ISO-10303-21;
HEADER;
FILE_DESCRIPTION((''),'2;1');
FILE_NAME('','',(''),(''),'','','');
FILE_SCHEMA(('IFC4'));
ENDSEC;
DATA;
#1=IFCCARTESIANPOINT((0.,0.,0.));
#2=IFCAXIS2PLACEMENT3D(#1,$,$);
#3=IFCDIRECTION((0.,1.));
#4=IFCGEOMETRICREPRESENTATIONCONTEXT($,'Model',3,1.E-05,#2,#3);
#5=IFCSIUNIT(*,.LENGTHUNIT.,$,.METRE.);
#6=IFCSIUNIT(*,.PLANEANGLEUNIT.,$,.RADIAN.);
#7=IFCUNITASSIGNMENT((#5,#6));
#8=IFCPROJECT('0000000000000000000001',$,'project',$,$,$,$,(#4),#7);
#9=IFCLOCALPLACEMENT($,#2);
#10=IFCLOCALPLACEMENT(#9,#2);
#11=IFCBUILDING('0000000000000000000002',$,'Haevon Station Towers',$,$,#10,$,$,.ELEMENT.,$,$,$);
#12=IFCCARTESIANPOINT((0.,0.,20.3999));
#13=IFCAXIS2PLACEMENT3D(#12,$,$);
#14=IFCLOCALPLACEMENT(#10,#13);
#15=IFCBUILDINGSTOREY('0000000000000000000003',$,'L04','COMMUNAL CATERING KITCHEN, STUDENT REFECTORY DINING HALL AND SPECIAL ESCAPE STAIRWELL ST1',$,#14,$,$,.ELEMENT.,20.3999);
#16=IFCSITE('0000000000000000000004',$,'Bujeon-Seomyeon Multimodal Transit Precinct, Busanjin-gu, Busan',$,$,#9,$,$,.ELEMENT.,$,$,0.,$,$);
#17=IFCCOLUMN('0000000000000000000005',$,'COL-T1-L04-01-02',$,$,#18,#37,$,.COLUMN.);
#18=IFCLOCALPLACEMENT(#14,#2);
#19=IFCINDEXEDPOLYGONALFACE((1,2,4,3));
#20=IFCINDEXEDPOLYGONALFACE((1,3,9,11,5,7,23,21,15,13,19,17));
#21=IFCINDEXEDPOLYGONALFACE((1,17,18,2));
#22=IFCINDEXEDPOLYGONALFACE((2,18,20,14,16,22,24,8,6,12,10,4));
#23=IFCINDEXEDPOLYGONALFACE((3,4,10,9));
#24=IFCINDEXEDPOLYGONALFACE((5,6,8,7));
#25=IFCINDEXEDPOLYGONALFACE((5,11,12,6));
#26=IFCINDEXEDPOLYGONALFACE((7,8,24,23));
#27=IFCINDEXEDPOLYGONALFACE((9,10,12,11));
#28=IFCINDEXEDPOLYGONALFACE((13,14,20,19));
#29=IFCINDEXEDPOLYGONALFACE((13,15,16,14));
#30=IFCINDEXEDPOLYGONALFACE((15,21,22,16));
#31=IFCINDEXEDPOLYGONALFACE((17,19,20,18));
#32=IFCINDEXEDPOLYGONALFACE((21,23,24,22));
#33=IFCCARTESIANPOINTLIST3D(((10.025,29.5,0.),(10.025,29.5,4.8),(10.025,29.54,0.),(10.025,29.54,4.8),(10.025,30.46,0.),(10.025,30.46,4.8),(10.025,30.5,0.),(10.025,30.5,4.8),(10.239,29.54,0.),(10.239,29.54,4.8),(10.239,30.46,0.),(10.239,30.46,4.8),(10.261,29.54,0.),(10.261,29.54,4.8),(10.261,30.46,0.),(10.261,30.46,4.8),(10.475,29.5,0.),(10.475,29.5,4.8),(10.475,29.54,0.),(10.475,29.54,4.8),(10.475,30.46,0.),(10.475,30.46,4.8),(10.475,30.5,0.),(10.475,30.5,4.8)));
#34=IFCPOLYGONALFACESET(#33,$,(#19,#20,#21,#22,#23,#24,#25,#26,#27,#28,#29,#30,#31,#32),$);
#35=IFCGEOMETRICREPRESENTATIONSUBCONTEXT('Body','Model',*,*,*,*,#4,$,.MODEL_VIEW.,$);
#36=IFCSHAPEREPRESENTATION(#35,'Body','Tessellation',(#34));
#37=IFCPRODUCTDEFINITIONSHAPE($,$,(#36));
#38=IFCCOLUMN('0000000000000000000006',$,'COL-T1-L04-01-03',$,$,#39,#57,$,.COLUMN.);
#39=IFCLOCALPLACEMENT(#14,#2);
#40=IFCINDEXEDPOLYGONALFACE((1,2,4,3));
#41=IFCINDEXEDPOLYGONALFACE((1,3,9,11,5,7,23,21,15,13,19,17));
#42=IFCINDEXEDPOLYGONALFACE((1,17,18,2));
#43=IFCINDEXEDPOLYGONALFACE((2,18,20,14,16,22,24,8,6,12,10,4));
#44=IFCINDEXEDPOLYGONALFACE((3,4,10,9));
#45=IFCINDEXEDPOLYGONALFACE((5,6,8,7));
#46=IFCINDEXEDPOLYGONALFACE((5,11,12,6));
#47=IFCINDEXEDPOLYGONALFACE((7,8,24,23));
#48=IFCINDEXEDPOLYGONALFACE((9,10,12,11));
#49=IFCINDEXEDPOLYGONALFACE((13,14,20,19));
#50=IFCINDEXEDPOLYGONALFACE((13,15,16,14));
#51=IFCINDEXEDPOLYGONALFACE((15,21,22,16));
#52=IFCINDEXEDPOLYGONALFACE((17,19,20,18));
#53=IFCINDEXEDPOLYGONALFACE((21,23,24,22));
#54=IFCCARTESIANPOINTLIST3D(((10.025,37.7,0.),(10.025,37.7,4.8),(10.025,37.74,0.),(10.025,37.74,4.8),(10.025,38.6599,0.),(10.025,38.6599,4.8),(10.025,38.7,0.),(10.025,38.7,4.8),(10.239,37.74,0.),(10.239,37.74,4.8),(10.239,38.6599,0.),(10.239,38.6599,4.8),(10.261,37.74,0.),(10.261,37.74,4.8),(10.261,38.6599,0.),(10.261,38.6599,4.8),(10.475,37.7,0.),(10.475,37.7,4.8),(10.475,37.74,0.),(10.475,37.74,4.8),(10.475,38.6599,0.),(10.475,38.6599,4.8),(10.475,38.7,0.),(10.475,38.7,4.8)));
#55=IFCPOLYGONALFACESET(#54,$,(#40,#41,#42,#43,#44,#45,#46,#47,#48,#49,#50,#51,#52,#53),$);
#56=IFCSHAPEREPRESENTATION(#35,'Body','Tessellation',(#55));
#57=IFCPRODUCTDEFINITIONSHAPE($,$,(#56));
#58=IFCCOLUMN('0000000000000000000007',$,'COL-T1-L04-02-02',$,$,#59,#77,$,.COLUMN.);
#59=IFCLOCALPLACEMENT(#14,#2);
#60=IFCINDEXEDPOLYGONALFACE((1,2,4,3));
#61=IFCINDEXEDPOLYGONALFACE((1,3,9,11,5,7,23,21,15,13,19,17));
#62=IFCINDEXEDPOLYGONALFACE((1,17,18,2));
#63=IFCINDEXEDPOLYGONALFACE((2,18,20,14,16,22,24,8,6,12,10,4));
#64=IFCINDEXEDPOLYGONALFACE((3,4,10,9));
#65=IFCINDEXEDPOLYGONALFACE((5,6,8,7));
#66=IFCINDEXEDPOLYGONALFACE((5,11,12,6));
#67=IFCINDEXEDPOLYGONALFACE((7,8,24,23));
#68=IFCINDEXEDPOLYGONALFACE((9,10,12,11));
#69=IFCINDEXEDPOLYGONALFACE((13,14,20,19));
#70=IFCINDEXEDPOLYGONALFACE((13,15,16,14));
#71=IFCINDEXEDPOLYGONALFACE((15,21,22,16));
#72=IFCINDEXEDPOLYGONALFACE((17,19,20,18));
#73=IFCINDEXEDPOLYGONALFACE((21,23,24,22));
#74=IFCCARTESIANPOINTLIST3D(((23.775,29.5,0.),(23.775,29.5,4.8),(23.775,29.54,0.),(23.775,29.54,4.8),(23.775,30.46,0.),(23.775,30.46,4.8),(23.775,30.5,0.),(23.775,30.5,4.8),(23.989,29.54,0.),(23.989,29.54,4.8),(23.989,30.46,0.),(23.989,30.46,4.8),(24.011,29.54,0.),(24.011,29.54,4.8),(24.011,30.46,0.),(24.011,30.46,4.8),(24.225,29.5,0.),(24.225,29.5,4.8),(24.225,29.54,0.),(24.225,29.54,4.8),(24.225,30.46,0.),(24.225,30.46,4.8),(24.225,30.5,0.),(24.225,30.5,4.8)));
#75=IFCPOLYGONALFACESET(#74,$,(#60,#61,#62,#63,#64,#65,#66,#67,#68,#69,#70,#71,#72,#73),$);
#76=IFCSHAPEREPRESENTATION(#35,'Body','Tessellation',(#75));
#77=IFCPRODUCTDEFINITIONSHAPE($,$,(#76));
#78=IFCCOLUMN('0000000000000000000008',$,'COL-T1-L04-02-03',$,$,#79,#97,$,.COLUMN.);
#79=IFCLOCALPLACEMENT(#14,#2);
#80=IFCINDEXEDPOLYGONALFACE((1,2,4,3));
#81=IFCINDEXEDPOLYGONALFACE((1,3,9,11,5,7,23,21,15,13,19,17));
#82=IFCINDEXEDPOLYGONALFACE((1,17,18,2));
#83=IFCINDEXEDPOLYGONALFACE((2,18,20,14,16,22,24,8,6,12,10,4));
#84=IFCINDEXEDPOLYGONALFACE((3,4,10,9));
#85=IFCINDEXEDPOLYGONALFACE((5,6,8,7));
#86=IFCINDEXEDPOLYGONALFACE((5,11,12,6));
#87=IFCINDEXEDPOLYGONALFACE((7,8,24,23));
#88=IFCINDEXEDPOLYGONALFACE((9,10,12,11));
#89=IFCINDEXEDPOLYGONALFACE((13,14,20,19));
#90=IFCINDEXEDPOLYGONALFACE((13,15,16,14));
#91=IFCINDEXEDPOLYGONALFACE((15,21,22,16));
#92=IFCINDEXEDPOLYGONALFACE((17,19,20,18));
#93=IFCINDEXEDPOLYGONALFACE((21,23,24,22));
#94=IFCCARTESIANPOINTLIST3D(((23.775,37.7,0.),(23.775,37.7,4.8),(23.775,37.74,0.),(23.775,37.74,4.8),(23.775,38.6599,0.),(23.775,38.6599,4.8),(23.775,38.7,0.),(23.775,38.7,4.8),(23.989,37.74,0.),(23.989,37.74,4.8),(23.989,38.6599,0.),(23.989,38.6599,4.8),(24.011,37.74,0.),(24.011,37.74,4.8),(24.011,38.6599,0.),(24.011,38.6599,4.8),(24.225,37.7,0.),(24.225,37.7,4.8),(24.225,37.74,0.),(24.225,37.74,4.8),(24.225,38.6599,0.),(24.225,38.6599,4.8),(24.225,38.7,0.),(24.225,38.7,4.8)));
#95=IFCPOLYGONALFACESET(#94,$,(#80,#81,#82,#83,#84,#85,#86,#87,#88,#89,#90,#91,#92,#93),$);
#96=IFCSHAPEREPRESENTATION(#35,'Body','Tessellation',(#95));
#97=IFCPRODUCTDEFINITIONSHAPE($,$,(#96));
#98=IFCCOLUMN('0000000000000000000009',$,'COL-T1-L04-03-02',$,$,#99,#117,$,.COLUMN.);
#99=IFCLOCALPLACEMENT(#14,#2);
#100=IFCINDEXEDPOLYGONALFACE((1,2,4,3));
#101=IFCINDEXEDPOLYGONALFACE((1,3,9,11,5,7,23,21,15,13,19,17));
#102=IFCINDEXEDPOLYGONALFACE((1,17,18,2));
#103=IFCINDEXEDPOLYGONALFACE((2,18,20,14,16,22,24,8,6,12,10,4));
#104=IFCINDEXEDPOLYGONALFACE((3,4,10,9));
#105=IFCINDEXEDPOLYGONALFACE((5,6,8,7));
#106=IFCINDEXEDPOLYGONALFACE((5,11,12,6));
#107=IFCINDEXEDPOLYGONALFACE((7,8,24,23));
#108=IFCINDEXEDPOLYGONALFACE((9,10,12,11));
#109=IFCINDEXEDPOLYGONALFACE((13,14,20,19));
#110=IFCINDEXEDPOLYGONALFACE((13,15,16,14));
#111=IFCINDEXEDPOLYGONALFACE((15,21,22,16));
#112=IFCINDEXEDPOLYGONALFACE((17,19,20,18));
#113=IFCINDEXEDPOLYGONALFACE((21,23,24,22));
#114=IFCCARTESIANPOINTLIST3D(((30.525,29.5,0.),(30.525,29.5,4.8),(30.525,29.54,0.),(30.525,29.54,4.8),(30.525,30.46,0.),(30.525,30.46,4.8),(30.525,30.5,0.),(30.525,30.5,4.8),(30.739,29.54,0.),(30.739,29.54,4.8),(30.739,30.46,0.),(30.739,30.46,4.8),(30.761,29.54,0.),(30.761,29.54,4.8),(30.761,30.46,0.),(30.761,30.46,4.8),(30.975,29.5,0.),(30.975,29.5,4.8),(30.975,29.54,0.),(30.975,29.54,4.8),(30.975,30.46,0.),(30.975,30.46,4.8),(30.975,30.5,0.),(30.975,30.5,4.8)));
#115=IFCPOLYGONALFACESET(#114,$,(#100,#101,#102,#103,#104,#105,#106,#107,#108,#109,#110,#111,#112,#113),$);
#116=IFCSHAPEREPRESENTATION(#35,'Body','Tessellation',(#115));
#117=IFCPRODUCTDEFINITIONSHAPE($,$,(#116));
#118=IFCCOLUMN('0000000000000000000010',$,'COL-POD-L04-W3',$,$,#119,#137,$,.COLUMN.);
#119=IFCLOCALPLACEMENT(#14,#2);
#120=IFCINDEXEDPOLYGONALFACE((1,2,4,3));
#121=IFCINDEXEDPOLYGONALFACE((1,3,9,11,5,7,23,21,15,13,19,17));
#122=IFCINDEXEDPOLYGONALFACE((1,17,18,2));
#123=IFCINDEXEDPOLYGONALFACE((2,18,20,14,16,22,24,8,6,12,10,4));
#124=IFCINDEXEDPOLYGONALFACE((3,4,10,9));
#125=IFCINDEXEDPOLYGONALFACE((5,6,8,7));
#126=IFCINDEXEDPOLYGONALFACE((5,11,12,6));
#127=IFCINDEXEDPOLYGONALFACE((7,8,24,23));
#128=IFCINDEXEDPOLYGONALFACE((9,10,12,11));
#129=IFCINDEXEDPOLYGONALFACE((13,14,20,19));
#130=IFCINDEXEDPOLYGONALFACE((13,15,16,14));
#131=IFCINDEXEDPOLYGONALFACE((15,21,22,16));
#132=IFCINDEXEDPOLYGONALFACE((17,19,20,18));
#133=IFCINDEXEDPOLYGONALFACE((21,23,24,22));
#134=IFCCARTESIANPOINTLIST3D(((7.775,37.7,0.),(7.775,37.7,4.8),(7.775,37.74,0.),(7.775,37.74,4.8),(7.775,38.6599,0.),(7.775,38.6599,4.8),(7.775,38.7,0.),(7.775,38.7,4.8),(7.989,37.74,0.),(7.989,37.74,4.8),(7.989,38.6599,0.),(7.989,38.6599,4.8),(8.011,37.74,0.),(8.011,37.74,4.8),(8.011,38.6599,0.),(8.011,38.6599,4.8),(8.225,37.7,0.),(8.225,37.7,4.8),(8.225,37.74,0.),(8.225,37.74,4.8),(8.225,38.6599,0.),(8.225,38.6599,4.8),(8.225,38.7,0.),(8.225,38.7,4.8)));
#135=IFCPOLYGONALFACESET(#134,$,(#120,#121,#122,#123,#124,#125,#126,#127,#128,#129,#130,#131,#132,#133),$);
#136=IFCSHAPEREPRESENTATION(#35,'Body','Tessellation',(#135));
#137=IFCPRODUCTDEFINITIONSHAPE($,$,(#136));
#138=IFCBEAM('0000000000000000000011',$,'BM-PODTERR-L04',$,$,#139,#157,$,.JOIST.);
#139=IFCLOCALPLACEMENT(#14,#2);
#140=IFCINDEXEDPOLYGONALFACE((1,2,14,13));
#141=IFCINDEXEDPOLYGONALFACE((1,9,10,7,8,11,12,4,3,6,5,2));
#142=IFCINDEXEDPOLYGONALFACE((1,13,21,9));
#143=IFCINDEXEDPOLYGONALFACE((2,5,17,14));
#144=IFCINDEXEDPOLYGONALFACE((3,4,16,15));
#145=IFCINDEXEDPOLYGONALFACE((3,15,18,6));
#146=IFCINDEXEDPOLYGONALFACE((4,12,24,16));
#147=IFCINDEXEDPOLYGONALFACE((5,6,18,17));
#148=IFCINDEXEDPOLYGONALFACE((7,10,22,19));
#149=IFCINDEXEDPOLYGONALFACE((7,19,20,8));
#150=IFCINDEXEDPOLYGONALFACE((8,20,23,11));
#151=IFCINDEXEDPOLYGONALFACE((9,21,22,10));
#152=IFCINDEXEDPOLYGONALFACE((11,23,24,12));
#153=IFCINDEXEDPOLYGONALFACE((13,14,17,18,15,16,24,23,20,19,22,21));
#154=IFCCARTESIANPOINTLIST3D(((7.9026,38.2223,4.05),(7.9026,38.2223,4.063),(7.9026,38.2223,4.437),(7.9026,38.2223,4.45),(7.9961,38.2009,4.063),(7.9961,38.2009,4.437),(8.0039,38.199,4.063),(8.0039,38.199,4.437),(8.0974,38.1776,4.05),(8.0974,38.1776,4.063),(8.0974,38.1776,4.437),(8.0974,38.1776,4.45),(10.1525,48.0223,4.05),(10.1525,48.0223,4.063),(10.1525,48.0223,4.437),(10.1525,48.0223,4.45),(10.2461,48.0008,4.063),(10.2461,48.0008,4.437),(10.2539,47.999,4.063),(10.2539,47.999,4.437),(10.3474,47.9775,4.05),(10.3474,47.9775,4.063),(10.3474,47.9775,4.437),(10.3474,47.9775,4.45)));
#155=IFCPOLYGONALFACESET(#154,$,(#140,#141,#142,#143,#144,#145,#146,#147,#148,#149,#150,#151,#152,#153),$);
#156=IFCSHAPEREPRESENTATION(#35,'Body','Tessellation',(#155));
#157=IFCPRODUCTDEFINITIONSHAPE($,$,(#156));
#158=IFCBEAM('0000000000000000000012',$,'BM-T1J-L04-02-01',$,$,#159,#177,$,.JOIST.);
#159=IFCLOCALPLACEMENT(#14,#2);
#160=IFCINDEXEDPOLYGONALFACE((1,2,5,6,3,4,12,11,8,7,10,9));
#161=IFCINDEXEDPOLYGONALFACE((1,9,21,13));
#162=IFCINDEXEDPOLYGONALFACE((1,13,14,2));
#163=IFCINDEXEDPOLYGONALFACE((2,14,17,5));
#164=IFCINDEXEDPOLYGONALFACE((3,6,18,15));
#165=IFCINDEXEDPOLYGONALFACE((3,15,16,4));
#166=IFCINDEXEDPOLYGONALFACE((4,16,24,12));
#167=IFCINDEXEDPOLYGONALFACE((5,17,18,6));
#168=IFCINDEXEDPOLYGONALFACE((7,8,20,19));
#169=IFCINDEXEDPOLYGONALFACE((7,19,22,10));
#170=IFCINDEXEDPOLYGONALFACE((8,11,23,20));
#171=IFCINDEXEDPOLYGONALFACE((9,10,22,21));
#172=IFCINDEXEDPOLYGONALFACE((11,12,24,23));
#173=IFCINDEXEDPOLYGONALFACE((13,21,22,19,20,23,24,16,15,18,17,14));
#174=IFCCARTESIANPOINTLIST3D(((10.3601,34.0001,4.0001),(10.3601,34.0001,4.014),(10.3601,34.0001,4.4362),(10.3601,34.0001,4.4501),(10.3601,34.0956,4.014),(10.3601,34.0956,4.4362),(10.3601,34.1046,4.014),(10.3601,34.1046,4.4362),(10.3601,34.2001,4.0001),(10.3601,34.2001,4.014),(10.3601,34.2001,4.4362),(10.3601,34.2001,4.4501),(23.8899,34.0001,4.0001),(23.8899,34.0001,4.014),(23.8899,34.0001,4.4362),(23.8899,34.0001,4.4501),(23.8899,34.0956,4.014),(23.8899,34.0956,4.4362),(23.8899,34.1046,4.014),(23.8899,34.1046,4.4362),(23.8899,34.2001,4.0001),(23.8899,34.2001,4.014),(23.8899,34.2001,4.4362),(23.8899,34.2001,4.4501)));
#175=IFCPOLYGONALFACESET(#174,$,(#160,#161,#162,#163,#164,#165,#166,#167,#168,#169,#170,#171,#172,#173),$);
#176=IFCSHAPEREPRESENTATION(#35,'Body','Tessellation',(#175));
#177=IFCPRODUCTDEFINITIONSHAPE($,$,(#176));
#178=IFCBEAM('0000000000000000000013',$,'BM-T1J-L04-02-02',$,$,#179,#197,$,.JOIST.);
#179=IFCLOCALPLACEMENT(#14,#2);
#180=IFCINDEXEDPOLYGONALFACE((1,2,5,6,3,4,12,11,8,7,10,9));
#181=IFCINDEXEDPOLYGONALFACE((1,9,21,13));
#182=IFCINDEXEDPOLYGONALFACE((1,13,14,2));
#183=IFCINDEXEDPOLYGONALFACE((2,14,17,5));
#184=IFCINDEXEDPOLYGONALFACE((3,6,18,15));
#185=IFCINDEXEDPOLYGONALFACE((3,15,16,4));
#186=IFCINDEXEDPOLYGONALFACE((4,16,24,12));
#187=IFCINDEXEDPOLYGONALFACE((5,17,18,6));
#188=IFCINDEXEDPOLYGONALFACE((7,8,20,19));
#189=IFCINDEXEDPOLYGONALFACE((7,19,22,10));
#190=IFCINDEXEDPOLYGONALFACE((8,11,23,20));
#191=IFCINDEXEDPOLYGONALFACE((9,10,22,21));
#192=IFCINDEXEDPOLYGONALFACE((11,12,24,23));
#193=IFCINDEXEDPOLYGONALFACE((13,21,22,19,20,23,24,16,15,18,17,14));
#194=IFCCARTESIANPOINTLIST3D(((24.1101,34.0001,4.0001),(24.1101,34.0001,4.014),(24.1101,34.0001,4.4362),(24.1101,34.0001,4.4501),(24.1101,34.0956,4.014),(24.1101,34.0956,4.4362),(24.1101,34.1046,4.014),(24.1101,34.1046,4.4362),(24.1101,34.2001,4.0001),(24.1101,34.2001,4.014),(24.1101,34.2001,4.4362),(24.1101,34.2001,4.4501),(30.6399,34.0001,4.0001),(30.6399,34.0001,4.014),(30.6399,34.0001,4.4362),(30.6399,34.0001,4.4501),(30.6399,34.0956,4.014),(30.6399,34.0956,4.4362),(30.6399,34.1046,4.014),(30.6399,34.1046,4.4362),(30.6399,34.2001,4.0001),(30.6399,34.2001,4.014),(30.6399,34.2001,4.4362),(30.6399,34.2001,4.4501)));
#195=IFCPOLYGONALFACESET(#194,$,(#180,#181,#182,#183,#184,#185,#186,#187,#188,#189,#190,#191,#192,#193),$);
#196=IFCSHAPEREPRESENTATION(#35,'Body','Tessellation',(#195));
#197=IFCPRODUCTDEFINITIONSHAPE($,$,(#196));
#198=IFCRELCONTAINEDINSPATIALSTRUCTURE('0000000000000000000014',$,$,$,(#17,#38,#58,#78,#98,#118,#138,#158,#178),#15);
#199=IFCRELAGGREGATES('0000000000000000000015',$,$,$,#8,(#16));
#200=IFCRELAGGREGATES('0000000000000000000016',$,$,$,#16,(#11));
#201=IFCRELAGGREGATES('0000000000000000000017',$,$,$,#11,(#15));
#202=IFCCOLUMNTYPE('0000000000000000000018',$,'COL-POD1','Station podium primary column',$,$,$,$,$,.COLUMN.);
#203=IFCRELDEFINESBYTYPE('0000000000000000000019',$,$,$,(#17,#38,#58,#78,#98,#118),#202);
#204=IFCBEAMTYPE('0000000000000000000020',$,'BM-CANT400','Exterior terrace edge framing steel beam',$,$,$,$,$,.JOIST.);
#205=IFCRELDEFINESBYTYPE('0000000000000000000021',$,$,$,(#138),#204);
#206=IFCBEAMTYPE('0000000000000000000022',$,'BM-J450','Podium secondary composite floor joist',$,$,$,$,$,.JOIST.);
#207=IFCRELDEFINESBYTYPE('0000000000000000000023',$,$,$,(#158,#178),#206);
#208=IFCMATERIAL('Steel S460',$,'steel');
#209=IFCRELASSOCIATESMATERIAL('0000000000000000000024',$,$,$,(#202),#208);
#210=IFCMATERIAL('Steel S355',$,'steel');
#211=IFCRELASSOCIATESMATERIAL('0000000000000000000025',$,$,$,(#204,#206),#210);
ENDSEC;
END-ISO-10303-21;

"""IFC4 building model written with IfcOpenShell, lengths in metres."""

from ifc_helpers import new_model, si_unit, direction, frame, origin, origin_2d, place, context, subcontext, project, spatial, i_section, extrude, material, material_profile, profile_set, type_object, element, save


model = new_model("IFC4")

# Units and contexts
model_context = context("Model", 3, precision=1e-05, world=origin(), true_north=direction((0.0, 1.0)))
body_context = subcontext(model_context, "Body", "Model", "MODEL_VIEW")
ifc_project = project(units=[si_unit("LENGTHUNIT", "METRE"), si_unit("PLANEANGLEUNIT", "RADIAN")], contexts=[model_context])

# Site, building, storey
site_placement = place(None, origin())
site = spatial("IfcSite", under=ifc_project, at=site_placement, Name="Bujeon-Seomyeon Multimodal Transit Precinct, Busanjin-gu, Busan", CompositionType="ELEMENT", RefElevation=0.0)
building_placement = place(site_placement, origin())
building = spatial("IfcBuilding", under=site, at=building_placement, Name="Haevon Station Towers", CompositionType="ELEMENT")
storey_placement = place(building_placement, frame((0.0, 0.0, 20.3999)))
storey = spatial("IfcBuildingStorey", under=building, at=storey_placement, Name="L04", Description="COMMUNAL CATERING KITCHEN, STUDENT REFECTORY DINING HALL AND SPECIAL ESCAPE STAIRWELL ST1", CompositionType="ELEMENT", Elevation=20.3999)

# Columns
ifc_material_1 = material(Name="Steel S460", Category="steel")
ifc_material_profile_1 = material_profile(ifc_material_1, i_section(OverallWidth=0.45, OverallDepth=1.0, WebThickness=0.022, FlangeThickness=0.04, at=origin_2d()), Name="H-1000x450x22x40")
ifc_profile_set_1 = profile_set([ifc_material_profile_1], Name="Steel S460")
column_type = type_object("IfcColumnType", Name="COL-POD1", Description="Station podium primary column", PredefinedType="COLUMN", material=ifc_profile_set_1)
for number, where, z_axis, x_axis, name in (
    (1, (10.25, 30.0, 0.0), (0.0, 0.0, 1.0), (1.0, 0.0, 0.0), "COL-T1-L04-01-02"),
    (2, (10.25, 38.2, 0.0), (0.0, 0.0, 1.0), (1.0, 0.0, 0.0), "COL-T1-L04-01-03"),
    (3, (24.0, 30.0, 0.0), (0.0, 0.0, 1.0), (1.0, 0.0, 0.0), "COL-T1-L04-02-02"),
    (4, (24.0, 38.2, 0.0), (0.0, 0.0, 1.0), (1.0, 0.0, 0.0), "COL-T1-L04-02-03"),
    (5, (30.75, 30.0, 0.0), (0.0, 0.0, 1.0), (1.0, 0.0, 0.0), "COL-T1-L04-03-02"),
    (6, (8.0, 38.2, 0.0), (0.0, 0.0, 1.0), (1.0, 0.0, 0.0), "COL-POD-L04-W3"),
):
    element("IfcColumn", number, at=place(storey_placement, frame(where, z_axis=z_axis, x_axis=x_axis)), inside=storey, type_object=column_type, Name=name, PredefinedType="COLUMN", context=body_context, shape_type="SweptSolid", body=[
        extrude(i_section(OverallWidth=0.45, OverallDepth=1.0, WebThickness=0.022, FlangeThickness=0.04, at=origin_2d()), origin(), (0.0, 0.0, 1.0), 4.8),
    ])

# Beams
ifc_material_2 = material(Name="Steel S355", Category="steel")
ifc_material_profile_2 = material_profile(ifc_material_2, i_section(OverallWidth=0.2, OverallDepth=0.3999, WebThickness=0.0081, FlangeThickness=0.0129, at=origin_2d()), Name="H-400x200x8x13")
ifc_profile_set_2 = profile_set([ifc_material_profile_2], Name="Steel S355")
beam_type_1 = type_object("IfcBeamType", Name="BM-CANT400", Description="Exterior terrace edge framing steel beam", PredefinedType="JOIST", material=ifc_profile_set_2)
beam_1_placement = place(storey_placement, frame((8.0, 38.2, 4.25), z_axis=(0.223769, 0.974642, 0.0), x_axis=(-0.974642, 0.223769, 0.0)))
element("IfcBeam", 7, at=beam_1_placement, inside=storey, type_object=beam_type_1, Name="BM-PODTERR-L04", PredefinedType="JOIST", context=body_context, shape_type="SweptSolid", body=[
    extrude(i_section(OverallWidth=0.2, OverallDepth=0.3999, WebThickness=0.0081, FlangeThickness=0.0129, at=origin_2d()), origin(), (0.0, 0.0, 1.0), 10.0549),
])
ifc_material_profile_3 = material_profile(ifc_material_2, i_section(OverallWidth=0.2, OverallDepth=0.45, WebThickness=0.009, FlangeThickness=0.0139, at=origin_2d()), Name="H-450x200x9x14")
ifc_profile_set_3 = profile_set([ifc_material_profile_3], Name="Steel S355")
beam_type_2 = type_object("IfcBeamType", Name="BM-J450", Description="Podium secondary composite floor joist", PredefinedType="JOIST", material=ifc_profile_set_3)
beam_2_placement = place(storey_placement, frame((10.3601, 34.1001, 4.2251), z_axis=(1.0, 0.0, 0.0), x_axis=(0.0, 1.0, 0.0)))
element("IfcBeam", 8, at=beam_2_placement, inside=storey, type_object=beam_type_2, Name="BM-T1J-L04-02-01", PredefinedType="JOIST", context=body_context, shape_type="SweptSolid", body=[
    extrude(i_section(OverallWidth=0.2, OverallDepth=0.45, WebThickness=0.009, FlangeThickness=0.0139, at=origin_2d()), origin(), (0.0, 0.0, 1.0), 13.5298),
])
beam_3_placement = place(storey_placement, frame((24.1101, 34.1001, 4.2251), z_axis=(1.0, 0.0, 0.0), x_axis=(0.0, 1.0, 0.0)))
element("IfcBeam", 9, at=beam_3_placement, inside=storey, type_object=beam_type_2, Name="BM-T1J-L04-02-02", PredefinedType="JOIST", context=body_context, shape_type="SweptSolid", body=[
    extrude(i_section(OverallWidth=0.2, OverallDepth=0.45, WebThickness=0.009, FlangeThickness=0.0139, at=origin_2d()), origin(), (0.0, 0.0, 1.0), 6.5298),
])

save(model, "model.ifc")
